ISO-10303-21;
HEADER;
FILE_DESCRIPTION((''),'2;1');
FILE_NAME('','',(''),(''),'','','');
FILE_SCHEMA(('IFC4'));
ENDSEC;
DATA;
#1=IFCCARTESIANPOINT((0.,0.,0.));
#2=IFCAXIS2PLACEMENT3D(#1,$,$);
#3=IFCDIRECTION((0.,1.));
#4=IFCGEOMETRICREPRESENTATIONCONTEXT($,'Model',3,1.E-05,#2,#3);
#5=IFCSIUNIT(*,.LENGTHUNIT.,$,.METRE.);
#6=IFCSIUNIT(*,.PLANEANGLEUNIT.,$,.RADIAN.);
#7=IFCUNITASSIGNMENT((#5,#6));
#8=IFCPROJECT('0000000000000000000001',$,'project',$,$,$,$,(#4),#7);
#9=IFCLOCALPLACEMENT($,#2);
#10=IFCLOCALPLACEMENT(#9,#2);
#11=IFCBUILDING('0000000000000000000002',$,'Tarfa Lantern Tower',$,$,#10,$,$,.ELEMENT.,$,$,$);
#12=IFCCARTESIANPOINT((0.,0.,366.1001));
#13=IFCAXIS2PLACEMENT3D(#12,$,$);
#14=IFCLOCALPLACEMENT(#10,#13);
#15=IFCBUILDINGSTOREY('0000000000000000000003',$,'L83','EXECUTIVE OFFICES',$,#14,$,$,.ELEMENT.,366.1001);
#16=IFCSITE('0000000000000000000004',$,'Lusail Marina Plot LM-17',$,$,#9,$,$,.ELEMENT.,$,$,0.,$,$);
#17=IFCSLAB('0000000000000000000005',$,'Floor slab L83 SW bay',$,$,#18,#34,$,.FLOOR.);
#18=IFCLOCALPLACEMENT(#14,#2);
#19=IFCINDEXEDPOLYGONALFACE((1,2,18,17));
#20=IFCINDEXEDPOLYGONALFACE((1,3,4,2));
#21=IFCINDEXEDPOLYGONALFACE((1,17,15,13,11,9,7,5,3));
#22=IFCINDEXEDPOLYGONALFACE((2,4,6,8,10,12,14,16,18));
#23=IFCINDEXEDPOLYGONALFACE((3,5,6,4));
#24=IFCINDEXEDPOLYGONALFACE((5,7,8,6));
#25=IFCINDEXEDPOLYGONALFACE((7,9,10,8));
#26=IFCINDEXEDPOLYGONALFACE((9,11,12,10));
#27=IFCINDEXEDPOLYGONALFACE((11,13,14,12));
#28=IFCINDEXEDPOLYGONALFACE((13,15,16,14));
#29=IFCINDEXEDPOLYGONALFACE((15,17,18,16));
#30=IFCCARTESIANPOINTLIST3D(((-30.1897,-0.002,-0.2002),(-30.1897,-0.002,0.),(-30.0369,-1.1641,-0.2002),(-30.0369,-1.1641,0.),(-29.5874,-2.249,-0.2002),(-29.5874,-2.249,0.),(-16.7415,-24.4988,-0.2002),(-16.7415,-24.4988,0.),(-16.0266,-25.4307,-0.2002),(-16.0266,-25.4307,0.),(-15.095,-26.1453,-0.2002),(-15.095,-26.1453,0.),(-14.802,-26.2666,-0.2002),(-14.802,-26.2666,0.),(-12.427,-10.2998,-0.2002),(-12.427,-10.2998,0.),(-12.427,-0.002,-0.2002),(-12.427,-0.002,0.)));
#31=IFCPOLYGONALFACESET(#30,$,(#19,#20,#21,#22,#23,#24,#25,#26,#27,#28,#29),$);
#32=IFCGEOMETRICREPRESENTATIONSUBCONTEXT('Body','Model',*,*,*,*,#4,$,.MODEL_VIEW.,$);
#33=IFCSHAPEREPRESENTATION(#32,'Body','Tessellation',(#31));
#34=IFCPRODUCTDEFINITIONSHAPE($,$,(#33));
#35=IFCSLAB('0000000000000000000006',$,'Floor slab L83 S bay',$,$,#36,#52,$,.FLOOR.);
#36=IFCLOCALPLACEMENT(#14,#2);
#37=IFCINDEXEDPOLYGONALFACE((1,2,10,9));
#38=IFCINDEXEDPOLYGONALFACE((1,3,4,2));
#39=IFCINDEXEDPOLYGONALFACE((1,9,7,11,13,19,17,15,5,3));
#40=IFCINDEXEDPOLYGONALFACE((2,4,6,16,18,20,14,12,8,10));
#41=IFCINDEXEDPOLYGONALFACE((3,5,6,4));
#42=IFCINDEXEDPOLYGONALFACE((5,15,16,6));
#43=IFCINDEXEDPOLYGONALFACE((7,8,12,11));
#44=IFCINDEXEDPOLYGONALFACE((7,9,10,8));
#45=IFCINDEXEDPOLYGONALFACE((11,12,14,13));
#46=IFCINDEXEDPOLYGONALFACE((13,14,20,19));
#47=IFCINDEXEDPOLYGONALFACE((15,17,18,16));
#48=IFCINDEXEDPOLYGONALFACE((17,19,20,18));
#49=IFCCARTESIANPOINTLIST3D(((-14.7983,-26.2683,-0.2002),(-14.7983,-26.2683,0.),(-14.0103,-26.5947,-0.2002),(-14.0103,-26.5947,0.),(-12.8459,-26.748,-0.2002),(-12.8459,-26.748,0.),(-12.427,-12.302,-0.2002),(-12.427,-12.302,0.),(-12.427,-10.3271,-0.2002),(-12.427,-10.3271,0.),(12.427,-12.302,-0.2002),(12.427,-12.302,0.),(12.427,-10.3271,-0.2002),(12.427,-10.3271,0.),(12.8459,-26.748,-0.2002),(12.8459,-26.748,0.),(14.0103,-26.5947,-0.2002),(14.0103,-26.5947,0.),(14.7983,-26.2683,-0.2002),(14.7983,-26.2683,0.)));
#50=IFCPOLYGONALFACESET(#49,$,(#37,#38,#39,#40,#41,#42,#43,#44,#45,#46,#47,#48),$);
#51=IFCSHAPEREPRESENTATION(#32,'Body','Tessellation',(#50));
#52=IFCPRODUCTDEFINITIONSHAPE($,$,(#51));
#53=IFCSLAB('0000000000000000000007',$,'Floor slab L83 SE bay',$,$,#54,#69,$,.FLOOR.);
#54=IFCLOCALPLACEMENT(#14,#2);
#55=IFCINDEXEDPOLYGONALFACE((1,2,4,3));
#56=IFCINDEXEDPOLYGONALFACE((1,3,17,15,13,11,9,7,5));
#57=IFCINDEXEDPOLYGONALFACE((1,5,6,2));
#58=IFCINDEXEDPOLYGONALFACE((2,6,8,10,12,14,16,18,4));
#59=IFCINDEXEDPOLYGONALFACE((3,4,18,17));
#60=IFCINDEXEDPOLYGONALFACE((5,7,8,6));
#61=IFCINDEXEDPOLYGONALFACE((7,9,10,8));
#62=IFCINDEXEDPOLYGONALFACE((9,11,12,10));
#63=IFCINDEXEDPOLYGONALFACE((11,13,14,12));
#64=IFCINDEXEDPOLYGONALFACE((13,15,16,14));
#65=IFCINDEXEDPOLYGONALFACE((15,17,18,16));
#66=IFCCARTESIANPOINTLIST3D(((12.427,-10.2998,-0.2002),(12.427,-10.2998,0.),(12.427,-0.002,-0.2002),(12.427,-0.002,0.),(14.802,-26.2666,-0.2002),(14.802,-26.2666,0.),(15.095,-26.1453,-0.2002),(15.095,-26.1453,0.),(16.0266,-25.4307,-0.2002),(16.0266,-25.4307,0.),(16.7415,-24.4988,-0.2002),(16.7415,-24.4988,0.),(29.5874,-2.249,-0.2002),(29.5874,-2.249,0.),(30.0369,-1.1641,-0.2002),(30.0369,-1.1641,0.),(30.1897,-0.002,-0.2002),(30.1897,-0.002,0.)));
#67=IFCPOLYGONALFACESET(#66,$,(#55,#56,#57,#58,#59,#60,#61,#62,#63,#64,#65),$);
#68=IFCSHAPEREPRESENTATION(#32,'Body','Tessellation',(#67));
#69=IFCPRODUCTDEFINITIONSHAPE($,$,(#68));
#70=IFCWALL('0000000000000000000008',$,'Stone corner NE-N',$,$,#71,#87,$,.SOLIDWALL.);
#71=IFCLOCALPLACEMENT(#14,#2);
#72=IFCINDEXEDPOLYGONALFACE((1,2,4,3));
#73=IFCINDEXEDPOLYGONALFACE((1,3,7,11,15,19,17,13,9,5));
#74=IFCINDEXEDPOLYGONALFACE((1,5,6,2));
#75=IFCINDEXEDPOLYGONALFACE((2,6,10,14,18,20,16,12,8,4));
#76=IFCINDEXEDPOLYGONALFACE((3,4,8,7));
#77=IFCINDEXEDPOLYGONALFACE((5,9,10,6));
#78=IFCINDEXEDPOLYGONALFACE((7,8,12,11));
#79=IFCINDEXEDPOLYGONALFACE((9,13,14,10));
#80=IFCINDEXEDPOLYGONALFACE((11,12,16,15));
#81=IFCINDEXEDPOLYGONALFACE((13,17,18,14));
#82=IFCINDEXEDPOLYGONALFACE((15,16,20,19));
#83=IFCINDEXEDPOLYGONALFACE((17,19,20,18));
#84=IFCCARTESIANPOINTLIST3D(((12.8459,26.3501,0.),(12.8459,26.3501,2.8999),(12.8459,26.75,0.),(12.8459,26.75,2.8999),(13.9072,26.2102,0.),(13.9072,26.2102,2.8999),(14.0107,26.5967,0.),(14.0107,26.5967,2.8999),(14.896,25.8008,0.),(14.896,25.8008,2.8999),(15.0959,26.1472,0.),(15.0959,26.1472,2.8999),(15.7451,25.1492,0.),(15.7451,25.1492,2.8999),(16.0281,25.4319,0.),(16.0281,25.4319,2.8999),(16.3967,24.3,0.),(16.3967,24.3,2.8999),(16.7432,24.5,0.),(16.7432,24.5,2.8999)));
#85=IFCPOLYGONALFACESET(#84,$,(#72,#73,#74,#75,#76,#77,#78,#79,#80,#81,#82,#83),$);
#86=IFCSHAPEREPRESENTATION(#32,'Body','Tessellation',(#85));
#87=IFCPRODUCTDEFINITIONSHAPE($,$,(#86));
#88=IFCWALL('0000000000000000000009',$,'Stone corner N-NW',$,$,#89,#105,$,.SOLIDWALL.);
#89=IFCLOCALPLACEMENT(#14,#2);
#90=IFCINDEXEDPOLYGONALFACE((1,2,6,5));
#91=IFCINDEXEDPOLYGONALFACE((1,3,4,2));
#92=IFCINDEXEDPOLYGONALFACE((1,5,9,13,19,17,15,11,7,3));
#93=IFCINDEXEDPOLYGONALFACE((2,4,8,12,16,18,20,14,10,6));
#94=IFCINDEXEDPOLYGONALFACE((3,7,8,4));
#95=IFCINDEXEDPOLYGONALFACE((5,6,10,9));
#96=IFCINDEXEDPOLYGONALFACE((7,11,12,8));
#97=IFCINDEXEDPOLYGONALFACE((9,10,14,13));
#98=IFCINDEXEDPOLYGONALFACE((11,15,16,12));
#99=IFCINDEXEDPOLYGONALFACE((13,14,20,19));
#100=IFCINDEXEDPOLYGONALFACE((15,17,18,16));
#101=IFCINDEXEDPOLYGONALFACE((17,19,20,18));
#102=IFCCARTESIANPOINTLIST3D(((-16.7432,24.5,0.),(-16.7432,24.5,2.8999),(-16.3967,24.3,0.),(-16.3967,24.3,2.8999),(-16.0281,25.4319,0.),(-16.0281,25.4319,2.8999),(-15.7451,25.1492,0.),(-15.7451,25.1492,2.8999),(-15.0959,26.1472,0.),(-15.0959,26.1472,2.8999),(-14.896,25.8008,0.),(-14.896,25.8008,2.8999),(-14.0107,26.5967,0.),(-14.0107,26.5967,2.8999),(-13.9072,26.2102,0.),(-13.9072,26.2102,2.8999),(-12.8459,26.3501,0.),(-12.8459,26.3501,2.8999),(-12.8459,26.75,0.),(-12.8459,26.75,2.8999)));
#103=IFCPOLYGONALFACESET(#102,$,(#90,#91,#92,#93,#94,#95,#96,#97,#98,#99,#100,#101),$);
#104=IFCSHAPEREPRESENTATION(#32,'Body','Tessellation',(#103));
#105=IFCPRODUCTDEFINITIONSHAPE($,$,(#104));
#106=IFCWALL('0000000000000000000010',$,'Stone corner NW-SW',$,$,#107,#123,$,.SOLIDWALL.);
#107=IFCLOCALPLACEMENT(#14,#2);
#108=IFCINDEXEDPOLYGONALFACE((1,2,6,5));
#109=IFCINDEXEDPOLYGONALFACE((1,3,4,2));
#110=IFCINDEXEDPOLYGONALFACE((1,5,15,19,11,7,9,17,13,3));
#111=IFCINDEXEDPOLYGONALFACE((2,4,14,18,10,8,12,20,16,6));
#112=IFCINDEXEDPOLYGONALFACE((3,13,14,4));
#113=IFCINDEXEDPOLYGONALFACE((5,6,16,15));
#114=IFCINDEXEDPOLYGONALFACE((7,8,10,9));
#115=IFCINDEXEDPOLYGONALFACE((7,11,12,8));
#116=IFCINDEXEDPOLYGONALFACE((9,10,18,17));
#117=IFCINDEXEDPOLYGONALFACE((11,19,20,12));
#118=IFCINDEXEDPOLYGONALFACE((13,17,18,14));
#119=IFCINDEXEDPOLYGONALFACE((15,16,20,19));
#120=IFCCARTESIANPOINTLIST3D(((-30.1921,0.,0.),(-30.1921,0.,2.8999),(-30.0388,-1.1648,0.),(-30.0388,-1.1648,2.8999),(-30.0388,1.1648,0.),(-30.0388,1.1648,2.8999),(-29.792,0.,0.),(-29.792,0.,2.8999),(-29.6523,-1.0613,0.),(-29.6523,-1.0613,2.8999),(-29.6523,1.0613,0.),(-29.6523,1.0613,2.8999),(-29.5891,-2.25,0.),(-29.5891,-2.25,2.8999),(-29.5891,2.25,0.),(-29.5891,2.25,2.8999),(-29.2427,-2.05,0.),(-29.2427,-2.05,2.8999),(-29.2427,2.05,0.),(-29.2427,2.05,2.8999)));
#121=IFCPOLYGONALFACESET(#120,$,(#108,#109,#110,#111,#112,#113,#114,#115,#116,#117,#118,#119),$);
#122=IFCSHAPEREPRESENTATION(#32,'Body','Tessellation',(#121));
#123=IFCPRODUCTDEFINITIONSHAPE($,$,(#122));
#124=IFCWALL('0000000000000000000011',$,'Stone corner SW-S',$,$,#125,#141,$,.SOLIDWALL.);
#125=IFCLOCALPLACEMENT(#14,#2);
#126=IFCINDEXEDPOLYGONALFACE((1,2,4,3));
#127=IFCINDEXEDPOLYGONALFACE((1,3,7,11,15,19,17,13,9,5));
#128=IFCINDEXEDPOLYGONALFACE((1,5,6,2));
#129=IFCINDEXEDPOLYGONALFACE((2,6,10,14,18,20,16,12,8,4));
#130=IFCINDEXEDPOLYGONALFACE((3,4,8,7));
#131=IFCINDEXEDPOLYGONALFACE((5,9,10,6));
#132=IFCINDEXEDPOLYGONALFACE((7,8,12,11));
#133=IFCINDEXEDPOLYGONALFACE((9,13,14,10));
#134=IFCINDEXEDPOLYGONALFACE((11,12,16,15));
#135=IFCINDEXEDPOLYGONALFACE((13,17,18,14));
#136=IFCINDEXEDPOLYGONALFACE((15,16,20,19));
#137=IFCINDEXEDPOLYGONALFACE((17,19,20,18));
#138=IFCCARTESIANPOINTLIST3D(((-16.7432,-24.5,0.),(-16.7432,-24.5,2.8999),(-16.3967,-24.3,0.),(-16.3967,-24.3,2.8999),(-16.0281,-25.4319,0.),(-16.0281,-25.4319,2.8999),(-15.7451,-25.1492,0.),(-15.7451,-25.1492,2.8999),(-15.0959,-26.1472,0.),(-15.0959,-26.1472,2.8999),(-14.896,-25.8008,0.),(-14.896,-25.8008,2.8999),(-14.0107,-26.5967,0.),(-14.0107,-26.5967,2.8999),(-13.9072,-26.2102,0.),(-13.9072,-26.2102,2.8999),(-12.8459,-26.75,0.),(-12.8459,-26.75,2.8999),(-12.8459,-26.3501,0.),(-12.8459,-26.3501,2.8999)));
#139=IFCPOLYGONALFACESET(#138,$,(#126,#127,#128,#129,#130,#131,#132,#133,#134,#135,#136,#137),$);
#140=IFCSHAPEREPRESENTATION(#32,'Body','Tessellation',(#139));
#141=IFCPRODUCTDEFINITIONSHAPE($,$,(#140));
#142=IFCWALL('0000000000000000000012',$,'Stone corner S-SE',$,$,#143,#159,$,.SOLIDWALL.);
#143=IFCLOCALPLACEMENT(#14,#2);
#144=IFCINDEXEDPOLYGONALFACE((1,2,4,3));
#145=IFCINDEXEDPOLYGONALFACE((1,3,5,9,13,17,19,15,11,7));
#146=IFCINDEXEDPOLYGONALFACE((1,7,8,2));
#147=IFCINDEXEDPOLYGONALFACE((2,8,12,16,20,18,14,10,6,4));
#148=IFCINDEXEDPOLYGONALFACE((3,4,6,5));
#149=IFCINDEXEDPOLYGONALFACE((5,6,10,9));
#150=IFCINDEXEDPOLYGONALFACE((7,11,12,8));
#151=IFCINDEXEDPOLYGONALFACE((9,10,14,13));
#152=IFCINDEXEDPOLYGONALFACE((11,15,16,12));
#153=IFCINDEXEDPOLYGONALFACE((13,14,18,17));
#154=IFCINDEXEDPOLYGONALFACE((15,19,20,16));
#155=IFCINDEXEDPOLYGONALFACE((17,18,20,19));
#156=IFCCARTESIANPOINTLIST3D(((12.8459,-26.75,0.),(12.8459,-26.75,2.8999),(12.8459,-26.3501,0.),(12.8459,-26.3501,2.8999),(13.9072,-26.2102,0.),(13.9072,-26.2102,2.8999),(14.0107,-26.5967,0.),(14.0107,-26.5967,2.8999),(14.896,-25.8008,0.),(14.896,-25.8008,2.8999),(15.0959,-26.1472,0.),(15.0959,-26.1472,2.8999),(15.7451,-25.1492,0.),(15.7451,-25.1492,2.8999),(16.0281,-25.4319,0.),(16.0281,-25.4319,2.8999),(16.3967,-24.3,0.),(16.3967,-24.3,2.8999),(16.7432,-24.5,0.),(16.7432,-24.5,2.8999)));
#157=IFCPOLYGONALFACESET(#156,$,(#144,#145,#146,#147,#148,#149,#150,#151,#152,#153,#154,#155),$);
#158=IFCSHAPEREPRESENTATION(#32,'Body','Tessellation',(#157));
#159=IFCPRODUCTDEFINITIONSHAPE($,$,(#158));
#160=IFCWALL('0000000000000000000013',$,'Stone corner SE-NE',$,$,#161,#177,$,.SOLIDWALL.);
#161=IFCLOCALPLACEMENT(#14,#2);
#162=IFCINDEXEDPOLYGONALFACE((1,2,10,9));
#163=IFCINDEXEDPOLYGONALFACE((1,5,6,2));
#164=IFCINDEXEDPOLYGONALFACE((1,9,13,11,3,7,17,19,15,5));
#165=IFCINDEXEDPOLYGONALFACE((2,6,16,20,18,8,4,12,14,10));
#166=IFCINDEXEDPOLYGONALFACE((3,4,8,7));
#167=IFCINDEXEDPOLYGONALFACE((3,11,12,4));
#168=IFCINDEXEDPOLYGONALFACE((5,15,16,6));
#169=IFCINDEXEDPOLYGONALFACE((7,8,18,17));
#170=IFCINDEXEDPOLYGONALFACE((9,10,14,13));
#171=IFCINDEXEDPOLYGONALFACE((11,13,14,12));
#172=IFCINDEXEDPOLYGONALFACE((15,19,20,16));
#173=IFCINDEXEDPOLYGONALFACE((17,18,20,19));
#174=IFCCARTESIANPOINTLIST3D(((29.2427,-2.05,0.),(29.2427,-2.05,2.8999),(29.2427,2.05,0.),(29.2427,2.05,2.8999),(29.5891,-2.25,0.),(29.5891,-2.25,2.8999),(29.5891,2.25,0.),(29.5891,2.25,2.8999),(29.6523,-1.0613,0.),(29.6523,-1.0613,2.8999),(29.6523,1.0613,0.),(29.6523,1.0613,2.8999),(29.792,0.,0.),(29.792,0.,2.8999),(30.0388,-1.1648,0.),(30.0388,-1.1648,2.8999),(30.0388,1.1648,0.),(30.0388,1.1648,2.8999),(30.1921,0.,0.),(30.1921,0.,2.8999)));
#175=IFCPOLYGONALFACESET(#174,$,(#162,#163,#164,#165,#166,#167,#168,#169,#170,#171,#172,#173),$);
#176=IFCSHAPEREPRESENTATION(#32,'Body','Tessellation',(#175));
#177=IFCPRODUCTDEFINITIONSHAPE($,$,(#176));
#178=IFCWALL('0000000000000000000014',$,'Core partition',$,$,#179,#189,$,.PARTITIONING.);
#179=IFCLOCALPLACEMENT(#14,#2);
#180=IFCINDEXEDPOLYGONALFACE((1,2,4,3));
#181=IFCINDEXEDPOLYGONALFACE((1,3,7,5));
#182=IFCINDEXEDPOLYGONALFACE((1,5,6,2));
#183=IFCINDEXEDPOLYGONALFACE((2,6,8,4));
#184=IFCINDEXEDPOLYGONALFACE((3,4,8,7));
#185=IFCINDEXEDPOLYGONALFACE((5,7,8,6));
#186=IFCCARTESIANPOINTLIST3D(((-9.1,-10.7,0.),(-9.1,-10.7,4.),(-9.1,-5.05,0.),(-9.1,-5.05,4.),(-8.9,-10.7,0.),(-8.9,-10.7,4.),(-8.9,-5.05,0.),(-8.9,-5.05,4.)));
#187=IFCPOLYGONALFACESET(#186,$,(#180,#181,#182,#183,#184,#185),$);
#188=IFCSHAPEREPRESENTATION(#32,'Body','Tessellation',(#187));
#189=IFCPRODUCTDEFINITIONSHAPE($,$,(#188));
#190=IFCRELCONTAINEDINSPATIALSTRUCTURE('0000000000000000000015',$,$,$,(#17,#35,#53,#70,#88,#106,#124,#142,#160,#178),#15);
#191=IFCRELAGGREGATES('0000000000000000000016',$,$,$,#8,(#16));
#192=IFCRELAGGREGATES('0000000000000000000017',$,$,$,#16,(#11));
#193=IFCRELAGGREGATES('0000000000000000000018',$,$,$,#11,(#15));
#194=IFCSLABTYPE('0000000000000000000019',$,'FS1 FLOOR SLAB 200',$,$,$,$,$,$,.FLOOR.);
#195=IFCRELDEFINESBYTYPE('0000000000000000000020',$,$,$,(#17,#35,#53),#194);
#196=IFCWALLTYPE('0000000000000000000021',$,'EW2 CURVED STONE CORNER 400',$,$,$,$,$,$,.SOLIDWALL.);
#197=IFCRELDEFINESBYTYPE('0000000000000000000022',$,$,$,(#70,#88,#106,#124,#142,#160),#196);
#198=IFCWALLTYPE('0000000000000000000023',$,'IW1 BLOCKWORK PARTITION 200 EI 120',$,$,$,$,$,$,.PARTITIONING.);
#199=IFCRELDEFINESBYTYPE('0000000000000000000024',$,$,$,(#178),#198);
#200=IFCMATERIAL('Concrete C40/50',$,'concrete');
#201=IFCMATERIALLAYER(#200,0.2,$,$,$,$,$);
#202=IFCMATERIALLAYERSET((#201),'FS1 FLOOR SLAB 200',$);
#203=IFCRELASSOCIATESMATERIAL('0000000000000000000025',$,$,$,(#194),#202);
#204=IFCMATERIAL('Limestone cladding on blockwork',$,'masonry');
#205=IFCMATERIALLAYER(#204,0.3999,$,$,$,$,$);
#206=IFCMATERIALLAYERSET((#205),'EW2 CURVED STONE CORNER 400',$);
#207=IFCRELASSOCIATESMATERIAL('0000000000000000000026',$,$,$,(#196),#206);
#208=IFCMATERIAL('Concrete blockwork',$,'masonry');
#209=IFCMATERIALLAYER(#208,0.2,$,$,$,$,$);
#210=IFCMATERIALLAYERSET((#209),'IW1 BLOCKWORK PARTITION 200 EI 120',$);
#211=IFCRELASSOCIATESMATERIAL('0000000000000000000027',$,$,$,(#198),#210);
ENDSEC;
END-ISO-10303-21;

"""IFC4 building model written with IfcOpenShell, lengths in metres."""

from ifc_helpers import new_model, si_unit, direction, frame, frame_2d, origin, place, context, subcontext, project, spatial, polyline, rectangle, outline, extrude, material, layer, layer_set, type_object, element, save


model = new_model("IFC4")

# Units and contexts
model_context = context("Model", 3, precision=1e-05, world=origin(), true_north=direction((0.0, 1.0)))
body_context = subcontext(model_context, "Body", "Model", "MODEL_VIEW")
ifc_project = project(units=[si_unit("LENGTHUNIT", "METRE"), si_unit("PLANEANGLEUNIT", "RADIAN")], contexts=[model_context])

# Site, building, storey
site_placement = place(None, origin())
site = spatial("IfcSite", under=ifc_project, at=site_placement, Name="Lusail Marina Plot LM-17", CompositionType="ELEMENT", RefElevation=0.0)
building_placement = place(site_placement, origin())
building = spatial("IfcBuilding", under=site, at=building_placement, Name="Tarfa Lantern Tower", CompositionType="ELEMENT")
storey_placement = place(building_placement, frame((0.0, 0.0, 366.1001)))
storey = spatial("IfcBuildingStorey", under=building, at=storey_placement, Name="L83", Description="EXECUTIVE OFFICES", CompositionType="ELEMENT", Elevation=366.1001)

# Slabs
ifc_material_1 = material(Name="Concrete C40/50", Category="concrete")
ifc_layer_1 = layer(ifc_material_1, 0.2)
ifc_layer_set_1 = layer_set([ifc_layer_1], Name="FS1 FLOOR SLAB 200")
slab_type_1 = type_object("IfcSlabType", Name="FS1 FLOOR SLAB 200", PredefinedType="FLOOR", material=ifc_layer_set_1)
slab_1_placement = place(storey_placement, frame((0.0, 0.0, -0.2002)))
element("IfcSlab", 1, at=slab_1_placement, inside=storey, type_object=slab_type_1, Name="Floor slab L83 SW bay", PredefinedType="FLOOR", context=body_context, shape_type="SweptSolid", body=[
    extrude(outline(polyline([(-12.427, -10.2998), (-12.427, -0.002), (-30.1897, -0.002), (-30.0369, -1.1641), (-29.5874, -2.249), (-16.7415, -24.4988), (-16.0266, -25.4307), (-15.095, -26.1453), (-14.802, -26.2666), (-12.427, -10.2998)])), origin(), (0.0, 0.0, 1.0), 0.2002),
])
slab_2_placement = place(storey_placement, frame((0.0, 0.0, -0.2002)))
element("IfcSlab", 2, at=slab_2_placement, inside=storey, type_object=slab_type_1, Name="Floor slab L83 S bay", PredefinedType="FLOOR", context=body_context, shape_type="SweptSolid", body=[
    extrude(outline(polyline([(12.427, -10.3271), (12.427, -12.302), (-12.427, -12.302), (-12.427, -10.3271), (-14.7983, -26.2683), (-14.0103, -26.5947), (-12.8459, -26.748), (12.8459, -26.748), (14.0103, -26.5947), (14.7983, -26.2683), (12.427, -10.3271)])), origin(), (0.0, 0.0, 1.0), 0.2002),
])
slab_3_placement = place(storey_placement, frame((0.0, 0.0, -0.2002)))
element("IfcSlab", 3, at=slab_3_placement, inside=storey, type_object=slab_type_1, Name="Floor slab L83 SE bay", PredefinedType="FLOOR", context=body_context, shape_type="SweptSolid", body=[
    extrude(outline(polyline([(12.427, -0.002), (12.427, -10.2998), (14.802, -26.2666), (15.095, -26.1453), (16.0266, -25.4307), (16.7415, -24.4988), (29.5874, -2.249), (30.0369, -1.1641), (30.1897, -0.002), (12.427, -0.002)])), origin(), (0.0, 0.0, 1.0), 0.2002),
])

# Walls
ifc_material_2 = material(Name="Limestone cladding on blockwork", Category="masonry")
ifc_layer_2 = layer(ifc_material_2, 0.3999)
ifc_layer_set_2 = layer_set([ifc_layer_2], Name="EW2 CURVED STONE CORNER 400")
wall_type_1 = type_object("IfcWallType", Name="EW2 CURVED STONE CORNER 400", PredefinedType="SOLIDWALL", material=ifc_layer_set_2)
wall_1_placement = place(storey_placement, origin())
element("IfcWall", 4, at=wall_1_placement, inside=storey, type_object=wall_type_1, Name="Stone corner NE-N", PredefinedType="SOLIDWALL", context=body_context, shape_type="SweptSolid", body=[
    extrude(outline(polyline([(16.7432, 24.5), (16.0281, 25.4319), (15.0959, 26.1472), (14.0107, 26.5967), (12.8459, 26.75), (12.8459, 26.3501), (13.9072, 26.2102), (14.896, 25.8008), (15.7451, 25.1492), (16.3967, 24.3), (16.7432, 24.5)])), origin(), (0.0, 0.0, 1.0), 2.8999),
])
wall_2_placement = place(storey_placement, origin())
element("IfcWall", 5, at=wall_2_placement, inside=storey, type_object=wall_type_1, Name="Stone corner N-NW", PredefinedType="SOLIDWALL", context=body_context, shape_type="SweptSolid", body=[
    extrude(outline(polyline([(-12.8459, 26.75), (-14.0107, 26.5967), (-15.0959, 26.1472), (-16.0281, 25.4319), (-16.7432, 24.5), (-16.3967, 24.3), (-15.7451, 25.1492), (-14.896, 25.8008), (-13.9072, 26.2102), (-12.8459, 26.3501), (-12.8459, 26.75)])), origin(), (0.0, 0.0, 1.0), 2.8999),
])
wall_3_placement = place(storey_placement, origin())
element("IfcWall", 6, at=wall_3_placement, inside=storey, type_object=wall_type_1, Name="Stone corner NW-SW", PredefinedType="SOLIDWALL", context=body_context, shape_type="SweptSolid", body=[
    extrude(outline(polyline([(-29.5891, 2.25), (-30.0388, 1.1648), (-30.1921, 0.0), (-30.0388, -1.1648), (-29.5891, -2.25), (-29.2427, -2.05), (-29.6523, -1.0613), (-29.792, 0.0), (-29.6523, 1.0613), (-29.2427, 2.05), (-29.5891, 2.25)])), origin(), (0.0, 0.0, 1.0), 2.8999),
])
wall_4_placement = place(storey_placement, origin())
element("IfcWall", 7, at=wall_4_placement, inside=storey, type_object=wall_type_1, Name="Stone corner SW-S", PredefinedType="SOLIDWALL", context=body_context, shape_type="SweptSolid", body=[
    extrude(outline(polyline([(-16.7432, -24.5), (-16.0281, -25.4319), (-15.0959, -26.1472), (-14.0107, -26.5967), (-12.8459, -26.75), (-12.8459, -26.3501), (-13.9072, -26.2102), (-14.896, -25.8008), (-15.7451, -25.1492), (-16.3967, -24.3), (-16.7432, -24.5)])), origin(), (0.0, 0.0, 1.0), 2.8999),
])
wall_5_placement = place(storey_placement, origin())
element("IfcWall", 8, at=wall_5_placement, inside=storey, type_object=wall_type_1, Name="Stone corner S-SE", PredefinedType="SOLIDWALL", context=body_context, shape_type="SweptSolid", body=[
    extrude(outline(polyline([(12.8459, -26.75), (14.0107, -26.5967), (15.0959, -26.1472), (16.0281, -25.4319), (16.7432, -24.5), (16.3967, -24.3), (15.7451, -25.1492), (14.896, -25.8008), (13.9072, -26.2102), (12.8459, -26.3501), (12.8459, -26.75)])), origin(), (0.0, 0.0, 1.0), 2.8999),
])
wall_6_placement = place(storey_placement, origin())
element("IfcWall", 9, at=wall_6_placement, inside=storey, type_object=wall_type_1, Name="Stone corner SE-NE", PredefinedType="SOLIDWALL", context=body_context, shape_type="SweptSolid", body=[
    extrude(outline(polyline([(29.5891, -2.25), (30.0388, -1.1648), (30.1921, 0.0), (30.0388, 1.1648), (29.5891, 2.25), (29.2427, 2.05), (29.6523, 1.0613), (29.792, 0.0), (29.6523, -1.0613), (29.2427, -2.05), (29.5891, -2.25)])), origin(), (0.0, 0.0, 1.0), 2.8999),
])
ifc_material_3 = material(Name="Concrete blockwork", Category="masonry")
ifc_layer_3 = layer(ifc_material_3, 0.2)
ifc_layer_set_3 = layer_set([ifc_layer_3], Name="IW1 BLOCKWORK PARTITION 200 EI 120")
wall_type_2 = type_object("IfcWallType", Name="IW1 BLOCKWORK PARTITION 200 EI 120", PredefinedType="PARTITIONING", material=ifc_layer_set_3)
for number, where, z_axis, x_axis, name in (
    (10, (-9.0, -5.05, 0.0), (0.0, 0.0, 1.0), (0.0, -1.0, 0.0), "Core partition"),
):
    element("IfcWall", number, at=place(storey_placement, frame(where, z_axis=z_axis, x_axis=x_axis)), inside=storey, type_object=wall_type_2, Name=name, PredefinedType="PARTITIONING", context=body_context, shape_type="SweptSolid", body=[
        extrude(rectangle(XDim=5.6499, YDim=0.2, at=frame_2d((2.825, 0.0))), origin(), (0.0, 0.0, 1.0), 4.0),
    ])

save(model, "model.ifc")
